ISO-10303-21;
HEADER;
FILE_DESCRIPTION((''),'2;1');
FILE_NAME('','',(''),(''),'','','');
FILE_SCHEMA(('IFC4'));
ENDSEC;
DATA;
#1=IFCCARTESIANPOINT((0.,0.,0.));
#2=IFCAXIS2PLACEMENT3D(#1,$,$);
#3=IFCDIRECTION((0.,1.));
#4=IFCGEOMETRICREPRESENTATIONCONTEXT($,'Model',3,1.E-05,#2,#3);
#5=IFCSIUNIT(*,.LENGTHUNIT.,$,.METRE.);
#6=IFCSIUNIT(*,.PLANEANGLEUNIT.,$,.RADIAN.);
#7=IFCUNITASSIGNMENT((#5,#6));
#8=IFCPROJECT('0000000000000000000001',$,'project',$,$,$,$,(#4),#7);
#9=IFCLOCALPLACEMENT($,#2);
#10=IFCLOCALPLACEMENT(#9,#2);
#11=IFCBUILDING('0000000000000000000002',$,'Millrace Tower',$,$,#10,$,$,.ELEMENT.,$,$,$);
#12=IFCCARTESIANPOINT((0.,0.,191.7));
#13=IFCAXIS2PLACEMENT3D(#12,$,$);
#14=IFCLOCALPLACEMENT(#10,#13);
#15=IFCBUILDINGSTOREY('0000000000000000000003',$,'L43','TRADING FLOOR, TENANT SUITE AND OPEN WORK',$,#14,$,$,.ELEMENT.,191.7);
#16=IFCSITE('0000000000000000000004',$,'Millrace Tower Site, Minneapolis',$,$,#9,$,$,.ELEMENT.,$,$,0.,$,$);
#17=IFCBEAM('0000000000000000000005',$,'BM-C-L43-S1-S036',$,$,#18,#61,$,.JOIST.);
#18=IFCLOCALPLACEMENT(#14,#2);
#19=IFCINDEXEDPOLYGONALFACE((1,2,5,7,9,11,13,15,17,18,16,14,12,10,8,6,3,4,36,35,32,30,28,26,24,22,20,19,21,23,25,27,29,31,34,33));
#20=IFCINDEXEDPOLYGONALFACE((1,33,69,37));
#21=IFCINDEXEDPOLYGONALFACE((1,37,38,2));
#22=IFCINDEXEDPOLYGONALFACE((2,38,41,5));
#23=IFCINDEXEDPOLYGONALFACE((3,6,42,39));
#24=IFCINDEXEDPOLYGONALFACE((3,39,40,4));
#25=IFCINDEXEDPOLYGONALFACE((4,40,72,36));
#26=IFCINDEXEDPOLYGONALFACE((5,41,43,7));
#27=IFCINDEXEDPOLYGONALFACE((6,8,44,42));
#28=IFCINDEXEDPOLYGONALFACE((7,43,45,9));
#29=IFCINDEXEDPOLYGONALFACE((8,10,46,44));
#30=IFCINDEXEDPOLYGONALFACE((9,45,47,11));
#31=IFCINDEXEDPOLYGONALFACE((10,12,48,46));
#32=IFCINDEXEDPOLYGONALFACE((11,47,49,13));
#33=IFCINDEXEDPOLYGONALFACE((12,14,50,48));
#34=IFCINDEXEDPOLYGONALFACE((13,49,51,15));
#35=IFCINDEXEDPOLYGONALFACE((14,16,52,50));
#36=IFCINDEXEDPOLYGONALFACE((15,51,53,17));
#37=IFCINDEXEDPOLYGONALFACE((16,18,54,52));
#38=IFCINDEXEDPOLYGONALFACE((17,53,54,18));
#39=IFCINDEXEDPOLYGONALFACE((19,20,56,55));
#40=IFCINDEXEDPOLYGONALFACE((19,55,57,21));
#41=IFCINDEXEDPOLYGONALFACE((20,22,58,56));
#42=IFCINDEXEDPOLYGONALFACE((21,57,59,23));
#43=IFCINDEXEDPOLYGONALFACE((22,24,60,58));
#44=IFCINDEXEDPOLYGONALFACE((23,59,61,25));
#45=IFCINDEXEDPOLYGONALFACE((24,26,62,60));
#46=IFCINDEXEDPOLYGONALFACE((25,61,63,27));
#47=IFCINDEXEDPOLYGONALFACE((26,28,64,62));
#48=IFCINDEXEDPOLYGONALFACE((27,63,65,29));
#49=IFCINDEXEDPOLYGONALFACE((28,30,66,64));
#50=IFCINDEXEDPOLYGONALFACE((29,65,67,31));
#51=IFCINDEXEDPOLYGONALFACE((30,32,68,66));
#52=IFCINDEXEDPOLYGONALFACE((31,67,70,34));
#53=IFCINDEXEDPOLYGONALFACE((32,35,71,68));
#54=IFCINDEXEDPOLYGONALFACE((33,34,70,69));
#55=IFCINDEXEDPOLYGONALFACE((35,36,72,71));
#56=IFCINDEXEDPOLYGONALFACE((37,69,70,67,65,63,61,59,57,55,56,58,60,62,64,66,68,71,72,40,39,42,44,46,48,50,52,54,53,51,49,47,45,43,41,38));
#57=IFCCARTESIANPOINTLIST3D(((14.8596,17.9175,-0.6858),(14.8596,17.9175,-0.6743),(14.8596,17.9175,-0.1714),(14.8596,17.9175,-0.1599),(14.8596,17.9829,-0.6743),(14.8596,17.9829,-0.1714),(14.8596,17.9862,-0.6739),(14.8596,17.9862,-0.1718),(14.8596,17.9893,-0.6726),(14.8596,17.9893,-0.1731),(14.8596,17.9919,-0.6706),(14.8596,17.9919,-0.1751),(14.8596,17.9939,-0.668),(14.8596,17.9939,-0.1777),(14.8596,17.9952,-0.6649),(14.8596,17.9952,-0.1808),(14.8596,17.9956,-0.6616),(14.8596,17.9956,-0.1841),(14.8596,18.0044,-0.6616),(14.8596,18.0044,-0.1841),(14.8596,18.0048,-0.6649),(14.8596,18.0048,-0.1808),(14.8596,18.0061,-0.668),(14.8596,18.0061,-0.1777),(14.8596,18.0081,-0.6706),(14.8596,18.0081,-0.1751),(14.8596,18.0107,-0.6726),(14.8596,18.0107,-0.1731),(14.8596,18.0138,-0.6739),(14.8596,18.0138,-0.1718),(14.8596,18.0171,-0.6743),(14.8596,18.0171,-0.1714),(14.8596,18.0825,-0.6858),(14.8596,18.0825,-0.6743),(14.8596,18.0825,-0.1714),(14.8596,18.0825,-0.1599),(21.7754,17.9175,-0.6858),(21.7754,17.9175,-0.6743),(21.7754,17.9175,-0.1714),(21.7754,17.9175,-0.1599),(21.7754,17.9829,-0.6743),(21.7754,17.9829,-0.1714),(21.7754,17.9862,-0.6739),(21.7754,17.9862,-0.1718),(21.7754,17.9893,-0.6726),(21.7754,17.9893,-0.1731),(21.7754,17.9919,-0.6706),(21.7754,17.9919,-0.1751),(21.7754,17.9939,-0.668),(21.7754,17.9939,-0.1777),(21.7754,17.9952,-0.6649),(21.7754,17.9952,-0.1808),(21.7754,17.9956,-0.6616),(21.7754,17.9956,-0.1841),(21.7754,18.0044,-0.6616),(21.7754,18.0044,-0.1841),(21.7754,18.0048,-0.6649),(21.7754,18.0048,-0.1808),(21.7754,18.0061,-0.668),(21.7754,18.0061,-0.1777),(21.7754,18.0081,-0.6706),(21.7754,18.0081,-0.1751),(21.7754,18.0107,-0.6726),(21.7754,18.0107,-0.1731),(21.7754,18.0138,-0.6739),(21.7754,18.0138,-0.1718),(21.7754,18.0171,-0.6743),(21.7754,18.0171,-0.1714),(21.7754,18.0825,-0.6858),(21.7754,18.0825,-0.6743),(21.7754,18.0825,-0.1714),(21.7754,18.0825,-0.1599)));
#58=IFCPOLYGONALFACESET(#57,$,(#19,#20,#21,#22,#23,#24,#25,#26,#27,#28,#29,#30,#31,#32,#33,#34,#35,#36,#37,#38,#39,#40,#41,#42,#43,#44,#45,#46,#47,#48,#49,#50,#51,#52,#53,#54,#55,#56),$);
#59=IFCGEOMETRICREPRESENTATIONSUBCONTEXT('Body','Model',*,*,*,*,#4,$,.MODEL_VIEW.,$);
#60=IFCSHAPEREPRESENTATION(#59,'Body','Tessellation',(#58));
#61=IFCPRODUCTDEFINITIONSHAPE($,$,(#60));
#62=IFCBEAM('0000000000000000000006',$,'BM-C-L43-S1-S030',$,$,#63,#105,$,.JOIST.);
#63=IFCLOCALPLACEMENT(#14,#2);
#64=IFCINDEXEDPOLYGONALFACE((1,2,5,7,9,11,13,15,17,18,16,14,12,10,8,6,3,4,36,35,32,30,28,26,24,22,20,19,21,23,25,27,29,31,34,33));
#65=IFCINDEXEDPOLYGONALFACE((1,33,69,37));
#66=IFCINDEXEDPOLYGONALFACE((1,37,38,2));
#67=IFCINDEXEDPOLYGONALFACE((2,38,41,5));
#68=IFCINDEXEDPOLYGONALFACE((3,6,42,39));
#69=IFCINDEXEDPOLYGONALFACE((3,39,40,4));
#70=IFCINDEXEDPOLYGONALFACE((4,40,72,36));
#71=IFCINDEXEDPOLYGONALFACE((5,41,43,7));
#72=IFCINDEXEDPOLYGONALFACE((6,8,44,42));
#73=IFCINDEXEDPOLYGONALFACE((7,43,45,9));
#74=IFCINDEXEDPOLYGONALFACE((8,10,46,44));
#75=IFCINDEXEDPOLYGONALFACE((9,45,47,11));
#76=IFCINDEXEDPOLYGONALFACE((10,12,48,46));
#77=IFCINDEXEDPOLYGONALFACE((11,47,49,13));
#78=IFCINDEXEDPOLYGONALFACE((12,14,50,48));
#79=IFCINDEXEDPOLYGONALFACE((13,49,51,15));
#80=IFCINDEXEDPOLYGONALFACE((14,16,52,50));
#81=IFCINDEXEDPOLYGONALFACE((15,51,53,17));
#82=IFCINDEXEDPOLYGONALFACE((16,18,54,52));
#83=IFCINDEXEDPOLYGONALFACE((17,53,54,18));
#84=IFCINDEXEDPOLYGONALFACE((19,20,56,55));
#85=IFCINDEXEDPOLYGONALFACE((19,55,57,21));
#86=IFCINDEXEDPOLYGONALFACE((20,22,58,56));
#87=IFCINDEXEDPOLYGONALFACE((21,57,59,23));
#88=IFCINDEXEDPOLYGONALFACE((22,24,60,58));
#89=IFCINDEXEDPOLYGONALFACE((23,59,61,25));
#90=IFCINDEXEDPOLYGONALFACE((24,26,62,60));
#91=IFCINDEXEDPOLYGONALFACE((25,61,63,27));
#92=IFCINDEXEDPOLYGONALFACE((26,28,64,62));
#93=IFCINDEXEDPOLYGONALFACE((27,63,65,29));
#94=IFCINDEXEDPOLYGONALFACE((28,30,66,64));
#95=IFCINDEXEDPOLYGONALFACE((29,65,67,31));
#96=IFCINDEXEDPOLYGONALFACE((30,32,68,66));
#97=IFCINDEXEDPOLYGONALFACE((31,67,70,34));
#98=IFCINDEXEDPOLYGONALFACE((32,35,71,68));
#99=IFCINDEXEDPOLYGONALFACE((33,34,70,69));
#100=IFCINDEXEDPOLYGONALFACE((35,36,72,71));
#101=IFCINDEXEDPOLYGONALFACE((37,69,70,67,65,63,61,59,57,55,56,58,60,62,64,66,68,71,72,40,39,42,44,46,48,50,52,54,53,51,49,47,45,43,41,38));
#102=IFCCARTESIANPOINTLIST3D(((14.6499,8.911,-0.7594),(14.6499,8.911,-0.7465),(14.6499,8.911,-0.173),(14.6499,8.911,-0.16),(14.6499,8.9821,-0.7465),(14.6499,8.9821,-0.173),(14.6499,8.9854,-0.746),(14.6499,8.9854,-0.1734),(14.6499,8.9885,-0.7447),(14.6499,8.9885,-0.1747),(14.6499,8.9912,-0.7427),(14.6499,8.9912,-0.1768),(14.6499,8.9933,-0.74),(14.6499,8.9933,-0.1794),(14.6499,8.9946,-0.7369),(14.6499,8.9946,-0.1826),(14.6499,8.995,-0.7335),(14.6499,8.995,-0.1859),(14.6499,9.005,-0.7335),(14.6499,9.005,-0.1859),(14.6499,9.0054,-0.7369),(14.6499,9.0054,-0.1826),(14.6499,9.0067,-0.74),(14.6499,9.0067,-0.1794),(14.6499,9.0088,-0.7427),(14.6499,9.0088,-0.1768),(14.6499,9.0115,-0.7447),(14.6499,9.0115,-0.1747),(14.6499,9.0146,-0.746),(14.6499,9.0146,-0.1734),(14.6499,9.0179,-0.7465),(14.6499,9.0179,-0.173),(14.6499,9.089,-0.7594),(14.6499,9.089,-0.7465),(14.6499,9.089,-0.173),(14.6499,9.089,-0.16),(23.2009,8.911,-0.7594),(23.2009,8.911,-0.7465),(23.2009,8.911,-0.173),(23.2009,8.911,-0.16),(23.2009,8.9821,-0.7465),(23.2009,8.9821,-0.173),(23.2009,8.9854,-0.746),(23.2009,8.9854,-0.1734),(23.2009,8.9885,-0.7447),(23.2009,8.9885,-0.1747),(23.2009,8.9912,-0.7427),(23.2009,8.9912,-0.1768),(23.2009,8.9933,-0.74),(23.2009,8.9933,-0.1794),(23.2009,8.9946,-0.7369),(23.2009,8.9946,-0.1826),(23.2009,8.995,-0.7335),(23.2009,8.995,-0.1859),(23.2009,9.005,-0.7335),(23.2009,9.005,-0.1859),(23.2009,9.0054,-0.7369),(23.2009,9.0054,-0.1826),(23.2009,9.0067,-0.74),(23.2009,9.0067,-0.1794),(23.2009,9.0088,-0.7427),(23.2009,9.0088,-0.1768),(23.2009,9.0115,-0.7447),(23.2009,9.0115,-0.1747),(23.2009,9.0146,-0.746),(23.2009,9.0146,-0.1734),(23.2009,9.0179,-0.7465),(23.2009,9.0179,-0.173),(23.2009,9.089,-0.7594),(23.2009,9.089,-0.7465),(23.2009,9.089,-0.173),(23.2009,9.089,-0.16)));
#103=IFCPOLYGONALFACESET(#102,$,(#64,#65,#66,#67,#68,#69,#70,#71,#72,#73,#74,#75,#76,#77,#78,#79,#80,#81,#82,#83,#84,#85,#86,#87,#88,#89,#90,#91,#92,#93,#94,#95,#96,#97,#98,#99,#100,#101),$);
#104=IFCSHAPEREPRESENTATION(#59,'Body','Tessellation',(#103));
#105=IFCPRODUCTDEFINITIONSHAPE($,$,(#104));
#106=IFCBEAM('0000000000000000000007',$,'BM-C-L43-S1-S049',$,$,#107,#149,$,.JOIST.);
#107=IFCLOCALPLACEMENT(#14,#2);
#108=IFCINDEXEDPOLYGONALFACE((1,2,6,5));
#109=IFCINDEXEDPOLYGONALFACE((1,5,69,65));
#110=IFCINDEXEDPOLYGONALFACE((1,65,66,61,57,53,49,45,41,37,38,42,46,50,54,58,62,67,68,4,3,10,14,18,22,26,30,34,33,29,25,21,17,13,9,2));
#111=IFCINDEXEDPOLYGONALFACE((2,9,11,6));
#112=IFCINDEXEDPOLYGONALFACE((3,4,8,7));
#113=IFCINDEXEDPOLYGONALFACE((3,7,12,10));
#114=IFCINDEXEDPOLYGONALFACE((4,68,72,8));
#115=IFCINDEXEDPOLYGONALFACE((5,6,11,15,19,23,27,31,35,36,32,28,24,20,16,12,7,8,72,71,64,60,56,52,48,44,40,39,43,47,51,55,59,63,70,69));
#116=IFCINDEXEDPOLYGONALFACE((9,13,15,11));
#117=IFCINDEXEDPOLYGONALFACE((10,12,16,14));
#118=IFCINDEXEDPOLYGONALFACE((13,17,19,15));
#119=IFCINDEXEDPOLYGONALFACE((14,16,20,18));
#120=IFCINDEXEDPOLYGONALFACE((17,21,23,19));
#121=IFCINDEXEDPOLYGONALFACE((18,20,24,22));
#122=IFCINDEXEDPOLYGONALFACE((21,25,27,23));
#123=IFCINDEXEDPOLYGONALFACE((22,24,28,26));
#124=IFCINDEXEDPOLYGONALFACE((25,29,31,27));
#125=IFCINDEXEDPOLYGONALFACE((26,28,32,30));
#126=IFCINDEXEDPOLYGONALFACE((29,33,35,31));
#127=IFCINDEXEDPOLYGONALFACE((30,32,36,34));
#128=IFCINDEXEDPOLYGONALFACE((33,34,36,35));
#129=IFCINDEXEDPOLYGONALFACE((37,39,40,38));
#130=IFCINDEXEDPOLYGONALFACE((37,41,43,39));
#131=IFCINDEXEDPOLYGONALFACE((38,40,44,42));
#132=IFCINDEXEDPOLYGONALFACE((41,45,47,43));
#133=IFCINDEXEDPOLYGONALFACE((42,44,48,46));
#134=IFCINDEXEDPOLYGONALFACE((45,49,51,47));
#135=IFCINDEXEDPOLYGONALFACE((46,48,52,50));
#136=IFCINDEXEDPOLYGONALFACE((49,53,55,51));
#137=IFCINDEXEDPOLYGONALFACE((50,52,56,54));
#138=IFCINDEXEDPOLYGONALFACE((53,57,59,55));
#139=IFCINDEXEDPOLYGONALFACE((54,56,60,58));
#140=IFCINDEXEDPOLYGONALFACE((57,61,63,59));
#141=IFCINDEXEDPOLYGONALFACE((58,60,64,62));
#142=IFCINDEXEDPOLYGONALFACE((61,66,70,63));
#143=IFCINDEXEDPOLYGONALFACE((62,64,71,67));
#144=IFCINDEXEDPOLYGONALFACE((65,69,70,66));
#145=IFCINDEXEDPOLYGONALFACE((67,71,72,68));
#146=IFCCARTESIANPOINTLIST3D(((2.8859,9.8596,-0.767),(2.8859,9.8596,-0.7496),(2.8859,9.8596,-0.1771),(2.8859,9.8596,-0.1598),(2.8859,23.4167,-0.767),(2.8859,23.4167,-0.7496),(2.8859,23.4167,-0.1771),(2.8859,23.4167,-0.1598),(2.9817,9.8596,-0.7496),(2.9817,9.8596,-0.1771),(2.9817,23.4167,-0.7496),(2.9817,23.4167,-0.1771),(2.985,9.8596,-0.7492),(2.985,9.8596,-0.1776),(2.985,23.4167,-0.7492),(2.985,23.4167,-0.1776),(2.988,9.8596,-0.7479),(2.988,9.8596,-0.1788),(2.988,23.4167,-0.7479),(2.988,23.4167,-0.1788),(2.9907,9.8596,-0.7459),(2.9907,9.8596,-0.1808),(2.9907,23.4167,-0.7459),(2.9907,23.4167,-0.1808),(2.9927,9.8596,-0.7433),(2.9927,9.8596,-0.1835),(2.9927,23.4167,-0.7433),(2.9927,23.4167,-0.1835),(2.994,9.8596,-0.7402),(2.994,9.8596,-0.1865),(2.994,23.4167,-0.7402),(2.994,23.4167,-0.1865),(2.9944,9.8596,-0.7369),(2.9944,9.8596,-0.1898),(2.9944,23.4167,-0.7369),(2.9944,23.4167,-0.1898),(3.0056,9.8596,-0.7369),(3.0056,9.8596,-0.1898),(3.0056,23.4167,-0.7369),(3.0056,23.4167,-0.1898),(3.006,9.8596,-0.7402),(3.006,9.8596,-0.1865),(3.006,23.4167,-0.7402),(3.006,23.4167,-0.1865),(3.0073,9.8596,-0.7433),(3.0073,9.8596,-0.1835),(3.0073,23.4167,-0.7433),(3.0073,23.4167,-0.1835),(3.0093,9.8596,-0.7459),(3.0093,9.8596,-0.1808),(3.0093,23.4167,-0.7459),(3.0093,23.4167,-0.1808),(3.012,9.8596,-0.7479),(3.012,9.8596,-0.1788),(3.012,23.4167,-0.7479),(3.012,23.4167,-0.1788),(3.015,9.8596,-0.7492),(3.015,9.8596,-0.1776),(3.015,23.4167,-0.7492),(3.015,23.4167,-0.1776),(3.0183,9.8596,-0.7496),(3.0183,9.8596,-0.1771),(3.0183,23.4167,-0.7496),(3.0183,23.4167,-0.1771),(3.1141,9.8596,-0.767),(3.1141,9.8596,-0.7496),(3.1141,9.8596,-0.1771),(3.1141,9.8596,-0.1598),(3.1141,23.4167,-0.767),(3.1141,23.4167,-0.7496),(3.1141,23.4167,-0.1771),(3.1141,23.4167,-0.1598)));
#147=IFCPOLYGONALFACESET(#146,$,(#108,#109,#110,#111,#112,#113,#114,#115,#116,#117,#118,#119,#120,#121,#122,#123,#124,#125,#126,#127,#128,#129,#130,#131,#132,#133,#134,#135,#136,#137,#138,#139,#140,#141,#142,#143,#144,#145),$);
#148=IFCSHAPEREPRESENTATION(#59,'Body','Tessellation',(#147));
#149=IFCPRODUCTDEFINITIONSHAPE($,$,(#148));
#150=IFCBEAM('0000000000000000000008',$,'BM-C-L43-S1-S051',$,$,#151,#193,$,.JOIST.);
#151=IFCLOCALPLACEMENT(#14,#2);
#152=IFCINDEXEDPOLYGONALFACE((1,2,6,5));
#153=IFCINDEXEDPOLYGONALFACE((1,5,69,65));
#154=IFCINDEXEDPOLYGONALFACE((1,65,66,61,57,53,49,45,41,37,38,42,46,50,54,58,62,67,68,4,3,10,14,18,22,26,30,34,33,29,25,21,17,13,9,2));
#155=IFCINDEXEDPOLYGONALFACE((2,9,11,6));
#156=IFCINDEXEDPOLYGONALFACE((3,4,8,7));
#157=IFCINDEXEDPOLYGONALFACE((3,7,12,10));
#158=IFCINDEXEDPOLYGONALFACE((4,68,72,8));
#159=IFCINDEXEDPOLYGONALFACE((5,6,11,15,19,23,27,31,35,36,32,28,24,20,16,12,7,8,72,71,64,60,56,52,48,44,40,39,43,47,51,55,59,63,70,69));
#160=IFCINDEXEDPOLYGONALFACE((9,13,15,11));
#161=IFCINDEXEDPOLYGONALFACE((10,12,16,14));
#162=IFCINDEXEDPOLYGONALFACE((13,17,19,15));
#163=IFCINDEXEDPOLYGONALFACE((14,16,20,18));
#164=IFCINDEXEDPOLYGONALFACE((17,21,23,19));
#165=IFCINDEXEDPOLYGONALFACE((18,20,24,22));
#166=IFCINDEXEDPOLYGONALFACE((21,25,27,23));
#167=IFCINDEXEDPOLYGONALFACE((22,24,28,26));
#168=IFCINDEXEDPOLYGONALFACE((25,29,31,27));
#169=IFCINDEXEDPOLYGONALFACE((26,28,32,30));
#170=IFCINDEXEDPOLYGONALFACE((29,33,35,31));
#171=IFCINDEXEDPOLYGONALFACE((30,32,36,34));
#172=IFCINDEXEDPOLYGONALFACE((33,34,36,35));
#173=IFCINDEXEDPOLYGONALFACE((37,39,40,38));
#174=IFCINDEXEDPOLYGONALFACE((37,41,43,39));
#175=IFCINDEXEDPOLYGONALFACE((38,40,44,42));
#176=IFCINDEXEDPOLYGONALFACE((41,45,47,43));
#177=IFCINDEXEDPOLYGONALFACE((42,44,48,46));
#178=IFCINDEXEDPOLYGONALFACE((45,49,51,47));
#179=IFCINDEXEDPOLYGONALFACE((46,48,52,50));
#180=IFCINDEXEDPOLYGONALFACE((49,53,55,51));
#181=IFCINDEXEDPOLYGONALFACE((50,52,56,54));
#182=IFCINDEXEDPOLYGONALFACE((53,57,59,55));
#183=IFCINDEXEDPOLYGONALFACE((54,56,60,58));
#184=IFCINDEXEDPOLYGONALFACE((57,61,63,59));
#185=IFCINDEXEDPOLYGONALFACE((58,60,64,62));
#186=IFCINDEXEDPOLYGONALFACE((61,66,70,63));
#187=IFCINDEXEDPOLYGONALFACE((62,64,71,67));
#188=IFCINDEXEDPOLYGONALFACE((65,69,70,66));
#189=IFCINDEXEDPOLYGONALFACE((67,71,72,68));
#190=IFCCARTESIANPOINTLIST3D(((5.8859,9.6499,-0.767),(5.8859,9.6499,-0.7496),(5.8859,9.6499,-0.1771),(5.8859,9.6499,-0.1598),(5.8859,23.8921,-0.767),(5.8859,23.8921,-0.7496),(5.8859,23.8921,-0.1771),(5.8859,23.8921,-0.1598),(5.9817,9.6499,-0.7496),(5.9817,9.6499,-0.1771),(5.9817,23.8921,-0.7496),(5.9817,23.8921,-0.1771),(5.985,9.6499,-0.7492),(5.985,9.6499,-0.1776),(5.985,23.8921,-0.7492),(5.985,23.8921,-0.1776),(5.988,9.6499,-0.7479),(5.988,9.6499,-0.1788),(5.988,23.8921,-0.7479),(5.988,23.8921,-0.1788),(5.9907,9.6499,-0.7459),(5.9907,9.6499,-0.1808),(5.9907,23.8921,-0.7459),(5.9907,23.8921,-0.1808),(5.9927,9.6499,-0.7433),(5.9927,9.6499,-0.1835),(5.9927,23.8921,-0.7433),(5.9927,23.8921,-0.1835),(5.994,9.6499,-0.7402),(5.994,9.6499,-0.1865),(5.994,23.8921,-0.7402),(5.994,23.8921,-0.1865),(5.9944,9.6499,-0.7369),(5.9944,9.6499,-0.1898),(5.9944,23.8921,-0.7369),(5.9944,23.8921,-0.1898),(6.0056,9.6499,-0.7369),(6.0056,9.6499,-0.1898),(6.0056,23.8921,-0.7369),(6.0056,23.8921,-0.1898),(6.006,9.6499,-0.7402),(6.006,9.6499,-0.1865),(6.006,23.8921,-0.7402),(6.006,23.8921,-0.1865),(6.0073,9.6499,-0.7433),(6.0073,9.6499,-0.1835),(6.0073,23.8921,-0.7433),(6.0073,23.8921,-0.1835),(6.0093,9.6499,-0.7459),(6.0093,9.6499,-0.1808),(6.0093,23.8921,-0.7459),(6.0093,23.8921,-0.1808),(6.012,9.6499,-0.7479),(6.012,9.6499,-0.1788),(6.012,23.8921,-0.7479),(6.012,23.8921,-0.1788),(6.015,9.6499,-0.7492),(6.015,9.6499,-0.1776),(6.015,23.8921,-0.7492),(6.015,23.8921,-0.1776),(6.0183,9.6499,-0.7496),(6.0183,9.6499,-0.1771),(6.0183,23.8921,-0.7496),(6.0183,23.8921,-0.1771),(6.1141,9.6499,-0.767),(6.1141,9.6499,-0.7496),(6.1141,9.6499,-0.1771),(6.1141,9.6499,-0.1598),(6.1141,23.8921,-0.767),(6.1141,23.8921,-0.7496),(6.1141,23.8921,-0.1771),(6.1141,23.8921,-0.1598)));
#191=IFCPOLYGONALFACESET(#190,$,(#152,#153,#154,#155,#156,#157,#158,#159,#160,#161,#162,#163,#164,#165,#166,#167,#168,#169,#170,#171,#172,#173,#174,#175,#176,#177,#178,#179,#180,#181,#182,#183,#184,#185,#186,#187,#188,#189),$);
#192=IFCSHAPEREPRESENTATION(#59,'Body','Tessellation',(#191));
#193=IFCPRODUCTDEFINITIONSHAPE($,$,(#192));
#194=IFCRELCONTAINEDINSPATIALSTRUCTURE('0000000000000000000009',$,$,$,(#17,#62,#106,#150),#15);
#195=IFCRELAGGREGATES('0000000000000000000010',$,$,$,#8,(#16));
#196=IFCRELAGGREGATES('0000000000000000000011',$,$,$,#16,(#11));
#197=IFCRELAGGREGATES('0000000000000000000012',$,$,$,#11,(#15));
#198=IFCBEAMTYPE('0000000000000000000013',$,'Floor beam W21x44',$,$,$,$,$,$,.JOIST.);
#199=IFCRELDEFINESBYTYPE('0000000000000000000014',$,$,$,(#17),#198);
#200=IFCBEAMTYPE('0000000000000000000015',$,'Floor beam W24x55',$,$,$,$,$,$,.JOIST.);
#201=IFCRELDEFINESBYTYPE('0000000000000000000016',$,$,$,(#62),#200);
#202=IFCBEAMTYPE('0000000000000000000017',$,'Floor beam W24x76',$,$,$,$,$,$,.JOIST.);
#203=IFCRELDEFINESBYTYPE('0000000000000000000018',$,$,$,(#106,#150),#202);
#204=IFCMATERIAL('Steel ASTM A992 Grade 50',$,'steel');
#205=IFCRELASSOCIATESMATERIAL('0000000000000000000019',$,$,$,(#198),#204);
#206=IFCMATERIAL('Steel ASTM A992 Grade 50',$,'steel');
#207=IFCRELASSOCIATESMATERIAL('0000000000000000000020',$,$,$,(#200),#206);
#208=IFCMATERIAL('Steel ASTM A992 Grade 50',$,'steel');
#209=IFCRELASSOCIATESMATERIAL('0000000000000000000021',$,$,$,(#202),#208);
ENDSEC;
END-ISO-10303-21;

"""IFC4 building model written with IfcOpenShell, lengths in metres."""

from ifc_helpers import new_model, si_unit, direction, frame, origin, origin_2d, place, context, subcontext, project, spatial, i_section, extrude, material, material_profile, profile_set, type_object, element, save


model = new_model("IFC4")

# Units and contexts
model_context = context("Model", 3, precision=1e-05, world=origin(), true_north=direction((0.0, 1.0)))
body_context = subcontext(model_context, "Body", "Model", "MODEL_VIEW")
ifc_project = project(units=[si_unit("LENGTHUNIT", "METRE"), si_unit("PLANEANGLEUNIT", "RADIAN")], contexts=[model_context])

# Site, building, storey
site_placement = place(None, origin())
site = spatial("IfcSite", under=ifc_project, at=site_placement, Name="Millrace Tower Site, Minneapolis", CompositionType="ELEMENT", RefElevation=0.0)
building_placement = place(site_placement, origin())
building = spatial("IfcBuilding", under=site, at=building_placement, Name="Millrace Tower", CompositionType="ELEMENT")
storey_placement = place(building_placement, frame((0.0, 0.0, 191.7)))
storey = spatial("IfcBuildingStorey", under=building, at=storey_placement, Name="L43", Description="TRADING FLOOR, TENANT SUITE AND OPEN WORK", CompositionType="ELEMENT", Elevation=191.7)

# Beams
ifc_material_1 = material(Name="Steel ASTM A992 Grade 50", Category="steel")
ifc_material_profile_1 = material_profile(ifc_material_1, i_section(OverallWidth=0.165, OverallDepth=0.5259, WebThickness=0.0088, FlangeThickness=0.0115, FilletRadius=0.0127, at=origin_2d()))
ifc_profile_set_1 = profile_set([ifc_material_profile_1], Name="Steel ASTM A992 Grade 50")
beam_type_1 = type_object("IfcBeamType", Name="Floor beam W21x44", PredefinedType="JOIST", material=ifc_profile_set_1)
beam_1_placement = place(storey_placement, frame((14.8596, 18.0, -0.4229), z_axis=(1.0, 0.0, 0.0), x_axis=(0.0, 1.0, 0.0)))
element("IfcBeam", 1, at=beam_1_placement, inside=storey, type_object=beam_type_1, Name="BM-C-L43-S1-S036", PredefinedType="JOIST", context=body_context, shape_type="SweptSolid", body=[
    extrude(i_section(OverallWidth=0.165, OverallDepth=0.5259, WebThickness=0.0088, FlangeThickness=0.0115, FilletRadius=0.0127, at=origin_2d()), origin(), (0.0, 0.0, 1.0), 6.9158),
])
ifc_material_2 = material(Name="Steel ASTM A992 Grade 50", Category="steel")
ifc_material_profile_2 = material_profile(ifc_material_2, i_section(OverallWidth=0.178, OverallDepth=0.5994, WebThickness=0.01, FlangeThickness=0.0129, FilletRadius=0.0129, at=origin_2d()))
ifc_profile_set_2 = profile_set([ifc_material_profile_2], Name="Steel ASTM A992 Grade 50")
beam_type_2 = type_object("IfcBeamType", Name="Floor beam W24x55", PredefinedType="JOIST", material=ifc_profile_set_2)
beam_2_placement = place(storey_placement, frame((14.6499, 9.0, -0.4597), z_axis=(1.0, 0.0, 0.0), x_axis=(0.0, 1.0, 0.0)))
element("IfcBeam", 2, at=beam_2_placement, inside=storey, type_object=beam_type_2, Name="BM-C-L43-S1-S030", PredefinedType="JOIST", context=body_context, shape_type="SweptSolid", body=[
    extrude(i_section(OverallWidth=0.178, OverallDepth=0.5994, WebThickness=0.01, FlangeThickness=0.0129, FilletRadius=0.0129, at=origin_2d()), origin(), (0.0, 0.0, 1.0), 8.551),
])
ifc_material_3 = material(Name="Steel ASTM A992 Grade 50", Category="steel")
ifc_material_profile_3 = material_profile(ifc_material_3, i_section(OverallWidth=0.2283, OverallDepth=0.6072, WebThickness=0.0112, FlangeThickness=0.0173, FilletRadius=0.0127, at=origin_2d()))
ifc_profile_set_3 = profile_set([ifc_material_profile_3], Name="Steel ASTM A992 Grade 50")
beam_type_3 = type_object("IfcBeamType", Name="Floor beam W24x76", PredefinedType="JOIST", material=ifc_profile_set_3)
beam_3_placement = place(storey_placement, frame((3.0, 9.8596, -0.4634), z_axis=(0.0, 1.0, 0.0), x_axis=(-1.0, 0.0, 0.0)))
element("IfcBeam", 3, at=beam_3_placement, inside=storey, type_object=beam_type_3, Name="BM-C-L43-S1-S049", PredefinedType="JOIST", context=body_context, shape_type="SweptSolid", body=[
    extrude(i_section(OverallWidth=0.2283, OverallDepth=0.6072, WebThickness=0.0112, FlangeThickness=0.0173, FilletRadius=0.0127, at=origin_2d()), origin(), (0.0, 0.0, 1.0), 13.5571),
])
beam_4_placement = place(storey_placement, frame((6.0, 9.6499, -0.4634), z_axis=(0.0, 1.0, 0.0), x_axis=(-1.0, 0.0, 0.0)))
element("IfcBeam", 4, at=beam_4_placement, inside=storey, type_object=beam_type_3, Name="BM-C-L43-S1-S051", PredefinedType="JOIST", context=body_context, shape_type="SweptSolid", body=[
    extrude(i_section(OverallWidth=0.2283, OverallDepth=0.6072, WebThickness=0.0112, FlangeThickness=0.0173, FilletRadius=0.0127, at=origin_2d()), origin(), (0.0, 0.0, 1.0), 14.2422),
])

save(model, "model.ifc")
